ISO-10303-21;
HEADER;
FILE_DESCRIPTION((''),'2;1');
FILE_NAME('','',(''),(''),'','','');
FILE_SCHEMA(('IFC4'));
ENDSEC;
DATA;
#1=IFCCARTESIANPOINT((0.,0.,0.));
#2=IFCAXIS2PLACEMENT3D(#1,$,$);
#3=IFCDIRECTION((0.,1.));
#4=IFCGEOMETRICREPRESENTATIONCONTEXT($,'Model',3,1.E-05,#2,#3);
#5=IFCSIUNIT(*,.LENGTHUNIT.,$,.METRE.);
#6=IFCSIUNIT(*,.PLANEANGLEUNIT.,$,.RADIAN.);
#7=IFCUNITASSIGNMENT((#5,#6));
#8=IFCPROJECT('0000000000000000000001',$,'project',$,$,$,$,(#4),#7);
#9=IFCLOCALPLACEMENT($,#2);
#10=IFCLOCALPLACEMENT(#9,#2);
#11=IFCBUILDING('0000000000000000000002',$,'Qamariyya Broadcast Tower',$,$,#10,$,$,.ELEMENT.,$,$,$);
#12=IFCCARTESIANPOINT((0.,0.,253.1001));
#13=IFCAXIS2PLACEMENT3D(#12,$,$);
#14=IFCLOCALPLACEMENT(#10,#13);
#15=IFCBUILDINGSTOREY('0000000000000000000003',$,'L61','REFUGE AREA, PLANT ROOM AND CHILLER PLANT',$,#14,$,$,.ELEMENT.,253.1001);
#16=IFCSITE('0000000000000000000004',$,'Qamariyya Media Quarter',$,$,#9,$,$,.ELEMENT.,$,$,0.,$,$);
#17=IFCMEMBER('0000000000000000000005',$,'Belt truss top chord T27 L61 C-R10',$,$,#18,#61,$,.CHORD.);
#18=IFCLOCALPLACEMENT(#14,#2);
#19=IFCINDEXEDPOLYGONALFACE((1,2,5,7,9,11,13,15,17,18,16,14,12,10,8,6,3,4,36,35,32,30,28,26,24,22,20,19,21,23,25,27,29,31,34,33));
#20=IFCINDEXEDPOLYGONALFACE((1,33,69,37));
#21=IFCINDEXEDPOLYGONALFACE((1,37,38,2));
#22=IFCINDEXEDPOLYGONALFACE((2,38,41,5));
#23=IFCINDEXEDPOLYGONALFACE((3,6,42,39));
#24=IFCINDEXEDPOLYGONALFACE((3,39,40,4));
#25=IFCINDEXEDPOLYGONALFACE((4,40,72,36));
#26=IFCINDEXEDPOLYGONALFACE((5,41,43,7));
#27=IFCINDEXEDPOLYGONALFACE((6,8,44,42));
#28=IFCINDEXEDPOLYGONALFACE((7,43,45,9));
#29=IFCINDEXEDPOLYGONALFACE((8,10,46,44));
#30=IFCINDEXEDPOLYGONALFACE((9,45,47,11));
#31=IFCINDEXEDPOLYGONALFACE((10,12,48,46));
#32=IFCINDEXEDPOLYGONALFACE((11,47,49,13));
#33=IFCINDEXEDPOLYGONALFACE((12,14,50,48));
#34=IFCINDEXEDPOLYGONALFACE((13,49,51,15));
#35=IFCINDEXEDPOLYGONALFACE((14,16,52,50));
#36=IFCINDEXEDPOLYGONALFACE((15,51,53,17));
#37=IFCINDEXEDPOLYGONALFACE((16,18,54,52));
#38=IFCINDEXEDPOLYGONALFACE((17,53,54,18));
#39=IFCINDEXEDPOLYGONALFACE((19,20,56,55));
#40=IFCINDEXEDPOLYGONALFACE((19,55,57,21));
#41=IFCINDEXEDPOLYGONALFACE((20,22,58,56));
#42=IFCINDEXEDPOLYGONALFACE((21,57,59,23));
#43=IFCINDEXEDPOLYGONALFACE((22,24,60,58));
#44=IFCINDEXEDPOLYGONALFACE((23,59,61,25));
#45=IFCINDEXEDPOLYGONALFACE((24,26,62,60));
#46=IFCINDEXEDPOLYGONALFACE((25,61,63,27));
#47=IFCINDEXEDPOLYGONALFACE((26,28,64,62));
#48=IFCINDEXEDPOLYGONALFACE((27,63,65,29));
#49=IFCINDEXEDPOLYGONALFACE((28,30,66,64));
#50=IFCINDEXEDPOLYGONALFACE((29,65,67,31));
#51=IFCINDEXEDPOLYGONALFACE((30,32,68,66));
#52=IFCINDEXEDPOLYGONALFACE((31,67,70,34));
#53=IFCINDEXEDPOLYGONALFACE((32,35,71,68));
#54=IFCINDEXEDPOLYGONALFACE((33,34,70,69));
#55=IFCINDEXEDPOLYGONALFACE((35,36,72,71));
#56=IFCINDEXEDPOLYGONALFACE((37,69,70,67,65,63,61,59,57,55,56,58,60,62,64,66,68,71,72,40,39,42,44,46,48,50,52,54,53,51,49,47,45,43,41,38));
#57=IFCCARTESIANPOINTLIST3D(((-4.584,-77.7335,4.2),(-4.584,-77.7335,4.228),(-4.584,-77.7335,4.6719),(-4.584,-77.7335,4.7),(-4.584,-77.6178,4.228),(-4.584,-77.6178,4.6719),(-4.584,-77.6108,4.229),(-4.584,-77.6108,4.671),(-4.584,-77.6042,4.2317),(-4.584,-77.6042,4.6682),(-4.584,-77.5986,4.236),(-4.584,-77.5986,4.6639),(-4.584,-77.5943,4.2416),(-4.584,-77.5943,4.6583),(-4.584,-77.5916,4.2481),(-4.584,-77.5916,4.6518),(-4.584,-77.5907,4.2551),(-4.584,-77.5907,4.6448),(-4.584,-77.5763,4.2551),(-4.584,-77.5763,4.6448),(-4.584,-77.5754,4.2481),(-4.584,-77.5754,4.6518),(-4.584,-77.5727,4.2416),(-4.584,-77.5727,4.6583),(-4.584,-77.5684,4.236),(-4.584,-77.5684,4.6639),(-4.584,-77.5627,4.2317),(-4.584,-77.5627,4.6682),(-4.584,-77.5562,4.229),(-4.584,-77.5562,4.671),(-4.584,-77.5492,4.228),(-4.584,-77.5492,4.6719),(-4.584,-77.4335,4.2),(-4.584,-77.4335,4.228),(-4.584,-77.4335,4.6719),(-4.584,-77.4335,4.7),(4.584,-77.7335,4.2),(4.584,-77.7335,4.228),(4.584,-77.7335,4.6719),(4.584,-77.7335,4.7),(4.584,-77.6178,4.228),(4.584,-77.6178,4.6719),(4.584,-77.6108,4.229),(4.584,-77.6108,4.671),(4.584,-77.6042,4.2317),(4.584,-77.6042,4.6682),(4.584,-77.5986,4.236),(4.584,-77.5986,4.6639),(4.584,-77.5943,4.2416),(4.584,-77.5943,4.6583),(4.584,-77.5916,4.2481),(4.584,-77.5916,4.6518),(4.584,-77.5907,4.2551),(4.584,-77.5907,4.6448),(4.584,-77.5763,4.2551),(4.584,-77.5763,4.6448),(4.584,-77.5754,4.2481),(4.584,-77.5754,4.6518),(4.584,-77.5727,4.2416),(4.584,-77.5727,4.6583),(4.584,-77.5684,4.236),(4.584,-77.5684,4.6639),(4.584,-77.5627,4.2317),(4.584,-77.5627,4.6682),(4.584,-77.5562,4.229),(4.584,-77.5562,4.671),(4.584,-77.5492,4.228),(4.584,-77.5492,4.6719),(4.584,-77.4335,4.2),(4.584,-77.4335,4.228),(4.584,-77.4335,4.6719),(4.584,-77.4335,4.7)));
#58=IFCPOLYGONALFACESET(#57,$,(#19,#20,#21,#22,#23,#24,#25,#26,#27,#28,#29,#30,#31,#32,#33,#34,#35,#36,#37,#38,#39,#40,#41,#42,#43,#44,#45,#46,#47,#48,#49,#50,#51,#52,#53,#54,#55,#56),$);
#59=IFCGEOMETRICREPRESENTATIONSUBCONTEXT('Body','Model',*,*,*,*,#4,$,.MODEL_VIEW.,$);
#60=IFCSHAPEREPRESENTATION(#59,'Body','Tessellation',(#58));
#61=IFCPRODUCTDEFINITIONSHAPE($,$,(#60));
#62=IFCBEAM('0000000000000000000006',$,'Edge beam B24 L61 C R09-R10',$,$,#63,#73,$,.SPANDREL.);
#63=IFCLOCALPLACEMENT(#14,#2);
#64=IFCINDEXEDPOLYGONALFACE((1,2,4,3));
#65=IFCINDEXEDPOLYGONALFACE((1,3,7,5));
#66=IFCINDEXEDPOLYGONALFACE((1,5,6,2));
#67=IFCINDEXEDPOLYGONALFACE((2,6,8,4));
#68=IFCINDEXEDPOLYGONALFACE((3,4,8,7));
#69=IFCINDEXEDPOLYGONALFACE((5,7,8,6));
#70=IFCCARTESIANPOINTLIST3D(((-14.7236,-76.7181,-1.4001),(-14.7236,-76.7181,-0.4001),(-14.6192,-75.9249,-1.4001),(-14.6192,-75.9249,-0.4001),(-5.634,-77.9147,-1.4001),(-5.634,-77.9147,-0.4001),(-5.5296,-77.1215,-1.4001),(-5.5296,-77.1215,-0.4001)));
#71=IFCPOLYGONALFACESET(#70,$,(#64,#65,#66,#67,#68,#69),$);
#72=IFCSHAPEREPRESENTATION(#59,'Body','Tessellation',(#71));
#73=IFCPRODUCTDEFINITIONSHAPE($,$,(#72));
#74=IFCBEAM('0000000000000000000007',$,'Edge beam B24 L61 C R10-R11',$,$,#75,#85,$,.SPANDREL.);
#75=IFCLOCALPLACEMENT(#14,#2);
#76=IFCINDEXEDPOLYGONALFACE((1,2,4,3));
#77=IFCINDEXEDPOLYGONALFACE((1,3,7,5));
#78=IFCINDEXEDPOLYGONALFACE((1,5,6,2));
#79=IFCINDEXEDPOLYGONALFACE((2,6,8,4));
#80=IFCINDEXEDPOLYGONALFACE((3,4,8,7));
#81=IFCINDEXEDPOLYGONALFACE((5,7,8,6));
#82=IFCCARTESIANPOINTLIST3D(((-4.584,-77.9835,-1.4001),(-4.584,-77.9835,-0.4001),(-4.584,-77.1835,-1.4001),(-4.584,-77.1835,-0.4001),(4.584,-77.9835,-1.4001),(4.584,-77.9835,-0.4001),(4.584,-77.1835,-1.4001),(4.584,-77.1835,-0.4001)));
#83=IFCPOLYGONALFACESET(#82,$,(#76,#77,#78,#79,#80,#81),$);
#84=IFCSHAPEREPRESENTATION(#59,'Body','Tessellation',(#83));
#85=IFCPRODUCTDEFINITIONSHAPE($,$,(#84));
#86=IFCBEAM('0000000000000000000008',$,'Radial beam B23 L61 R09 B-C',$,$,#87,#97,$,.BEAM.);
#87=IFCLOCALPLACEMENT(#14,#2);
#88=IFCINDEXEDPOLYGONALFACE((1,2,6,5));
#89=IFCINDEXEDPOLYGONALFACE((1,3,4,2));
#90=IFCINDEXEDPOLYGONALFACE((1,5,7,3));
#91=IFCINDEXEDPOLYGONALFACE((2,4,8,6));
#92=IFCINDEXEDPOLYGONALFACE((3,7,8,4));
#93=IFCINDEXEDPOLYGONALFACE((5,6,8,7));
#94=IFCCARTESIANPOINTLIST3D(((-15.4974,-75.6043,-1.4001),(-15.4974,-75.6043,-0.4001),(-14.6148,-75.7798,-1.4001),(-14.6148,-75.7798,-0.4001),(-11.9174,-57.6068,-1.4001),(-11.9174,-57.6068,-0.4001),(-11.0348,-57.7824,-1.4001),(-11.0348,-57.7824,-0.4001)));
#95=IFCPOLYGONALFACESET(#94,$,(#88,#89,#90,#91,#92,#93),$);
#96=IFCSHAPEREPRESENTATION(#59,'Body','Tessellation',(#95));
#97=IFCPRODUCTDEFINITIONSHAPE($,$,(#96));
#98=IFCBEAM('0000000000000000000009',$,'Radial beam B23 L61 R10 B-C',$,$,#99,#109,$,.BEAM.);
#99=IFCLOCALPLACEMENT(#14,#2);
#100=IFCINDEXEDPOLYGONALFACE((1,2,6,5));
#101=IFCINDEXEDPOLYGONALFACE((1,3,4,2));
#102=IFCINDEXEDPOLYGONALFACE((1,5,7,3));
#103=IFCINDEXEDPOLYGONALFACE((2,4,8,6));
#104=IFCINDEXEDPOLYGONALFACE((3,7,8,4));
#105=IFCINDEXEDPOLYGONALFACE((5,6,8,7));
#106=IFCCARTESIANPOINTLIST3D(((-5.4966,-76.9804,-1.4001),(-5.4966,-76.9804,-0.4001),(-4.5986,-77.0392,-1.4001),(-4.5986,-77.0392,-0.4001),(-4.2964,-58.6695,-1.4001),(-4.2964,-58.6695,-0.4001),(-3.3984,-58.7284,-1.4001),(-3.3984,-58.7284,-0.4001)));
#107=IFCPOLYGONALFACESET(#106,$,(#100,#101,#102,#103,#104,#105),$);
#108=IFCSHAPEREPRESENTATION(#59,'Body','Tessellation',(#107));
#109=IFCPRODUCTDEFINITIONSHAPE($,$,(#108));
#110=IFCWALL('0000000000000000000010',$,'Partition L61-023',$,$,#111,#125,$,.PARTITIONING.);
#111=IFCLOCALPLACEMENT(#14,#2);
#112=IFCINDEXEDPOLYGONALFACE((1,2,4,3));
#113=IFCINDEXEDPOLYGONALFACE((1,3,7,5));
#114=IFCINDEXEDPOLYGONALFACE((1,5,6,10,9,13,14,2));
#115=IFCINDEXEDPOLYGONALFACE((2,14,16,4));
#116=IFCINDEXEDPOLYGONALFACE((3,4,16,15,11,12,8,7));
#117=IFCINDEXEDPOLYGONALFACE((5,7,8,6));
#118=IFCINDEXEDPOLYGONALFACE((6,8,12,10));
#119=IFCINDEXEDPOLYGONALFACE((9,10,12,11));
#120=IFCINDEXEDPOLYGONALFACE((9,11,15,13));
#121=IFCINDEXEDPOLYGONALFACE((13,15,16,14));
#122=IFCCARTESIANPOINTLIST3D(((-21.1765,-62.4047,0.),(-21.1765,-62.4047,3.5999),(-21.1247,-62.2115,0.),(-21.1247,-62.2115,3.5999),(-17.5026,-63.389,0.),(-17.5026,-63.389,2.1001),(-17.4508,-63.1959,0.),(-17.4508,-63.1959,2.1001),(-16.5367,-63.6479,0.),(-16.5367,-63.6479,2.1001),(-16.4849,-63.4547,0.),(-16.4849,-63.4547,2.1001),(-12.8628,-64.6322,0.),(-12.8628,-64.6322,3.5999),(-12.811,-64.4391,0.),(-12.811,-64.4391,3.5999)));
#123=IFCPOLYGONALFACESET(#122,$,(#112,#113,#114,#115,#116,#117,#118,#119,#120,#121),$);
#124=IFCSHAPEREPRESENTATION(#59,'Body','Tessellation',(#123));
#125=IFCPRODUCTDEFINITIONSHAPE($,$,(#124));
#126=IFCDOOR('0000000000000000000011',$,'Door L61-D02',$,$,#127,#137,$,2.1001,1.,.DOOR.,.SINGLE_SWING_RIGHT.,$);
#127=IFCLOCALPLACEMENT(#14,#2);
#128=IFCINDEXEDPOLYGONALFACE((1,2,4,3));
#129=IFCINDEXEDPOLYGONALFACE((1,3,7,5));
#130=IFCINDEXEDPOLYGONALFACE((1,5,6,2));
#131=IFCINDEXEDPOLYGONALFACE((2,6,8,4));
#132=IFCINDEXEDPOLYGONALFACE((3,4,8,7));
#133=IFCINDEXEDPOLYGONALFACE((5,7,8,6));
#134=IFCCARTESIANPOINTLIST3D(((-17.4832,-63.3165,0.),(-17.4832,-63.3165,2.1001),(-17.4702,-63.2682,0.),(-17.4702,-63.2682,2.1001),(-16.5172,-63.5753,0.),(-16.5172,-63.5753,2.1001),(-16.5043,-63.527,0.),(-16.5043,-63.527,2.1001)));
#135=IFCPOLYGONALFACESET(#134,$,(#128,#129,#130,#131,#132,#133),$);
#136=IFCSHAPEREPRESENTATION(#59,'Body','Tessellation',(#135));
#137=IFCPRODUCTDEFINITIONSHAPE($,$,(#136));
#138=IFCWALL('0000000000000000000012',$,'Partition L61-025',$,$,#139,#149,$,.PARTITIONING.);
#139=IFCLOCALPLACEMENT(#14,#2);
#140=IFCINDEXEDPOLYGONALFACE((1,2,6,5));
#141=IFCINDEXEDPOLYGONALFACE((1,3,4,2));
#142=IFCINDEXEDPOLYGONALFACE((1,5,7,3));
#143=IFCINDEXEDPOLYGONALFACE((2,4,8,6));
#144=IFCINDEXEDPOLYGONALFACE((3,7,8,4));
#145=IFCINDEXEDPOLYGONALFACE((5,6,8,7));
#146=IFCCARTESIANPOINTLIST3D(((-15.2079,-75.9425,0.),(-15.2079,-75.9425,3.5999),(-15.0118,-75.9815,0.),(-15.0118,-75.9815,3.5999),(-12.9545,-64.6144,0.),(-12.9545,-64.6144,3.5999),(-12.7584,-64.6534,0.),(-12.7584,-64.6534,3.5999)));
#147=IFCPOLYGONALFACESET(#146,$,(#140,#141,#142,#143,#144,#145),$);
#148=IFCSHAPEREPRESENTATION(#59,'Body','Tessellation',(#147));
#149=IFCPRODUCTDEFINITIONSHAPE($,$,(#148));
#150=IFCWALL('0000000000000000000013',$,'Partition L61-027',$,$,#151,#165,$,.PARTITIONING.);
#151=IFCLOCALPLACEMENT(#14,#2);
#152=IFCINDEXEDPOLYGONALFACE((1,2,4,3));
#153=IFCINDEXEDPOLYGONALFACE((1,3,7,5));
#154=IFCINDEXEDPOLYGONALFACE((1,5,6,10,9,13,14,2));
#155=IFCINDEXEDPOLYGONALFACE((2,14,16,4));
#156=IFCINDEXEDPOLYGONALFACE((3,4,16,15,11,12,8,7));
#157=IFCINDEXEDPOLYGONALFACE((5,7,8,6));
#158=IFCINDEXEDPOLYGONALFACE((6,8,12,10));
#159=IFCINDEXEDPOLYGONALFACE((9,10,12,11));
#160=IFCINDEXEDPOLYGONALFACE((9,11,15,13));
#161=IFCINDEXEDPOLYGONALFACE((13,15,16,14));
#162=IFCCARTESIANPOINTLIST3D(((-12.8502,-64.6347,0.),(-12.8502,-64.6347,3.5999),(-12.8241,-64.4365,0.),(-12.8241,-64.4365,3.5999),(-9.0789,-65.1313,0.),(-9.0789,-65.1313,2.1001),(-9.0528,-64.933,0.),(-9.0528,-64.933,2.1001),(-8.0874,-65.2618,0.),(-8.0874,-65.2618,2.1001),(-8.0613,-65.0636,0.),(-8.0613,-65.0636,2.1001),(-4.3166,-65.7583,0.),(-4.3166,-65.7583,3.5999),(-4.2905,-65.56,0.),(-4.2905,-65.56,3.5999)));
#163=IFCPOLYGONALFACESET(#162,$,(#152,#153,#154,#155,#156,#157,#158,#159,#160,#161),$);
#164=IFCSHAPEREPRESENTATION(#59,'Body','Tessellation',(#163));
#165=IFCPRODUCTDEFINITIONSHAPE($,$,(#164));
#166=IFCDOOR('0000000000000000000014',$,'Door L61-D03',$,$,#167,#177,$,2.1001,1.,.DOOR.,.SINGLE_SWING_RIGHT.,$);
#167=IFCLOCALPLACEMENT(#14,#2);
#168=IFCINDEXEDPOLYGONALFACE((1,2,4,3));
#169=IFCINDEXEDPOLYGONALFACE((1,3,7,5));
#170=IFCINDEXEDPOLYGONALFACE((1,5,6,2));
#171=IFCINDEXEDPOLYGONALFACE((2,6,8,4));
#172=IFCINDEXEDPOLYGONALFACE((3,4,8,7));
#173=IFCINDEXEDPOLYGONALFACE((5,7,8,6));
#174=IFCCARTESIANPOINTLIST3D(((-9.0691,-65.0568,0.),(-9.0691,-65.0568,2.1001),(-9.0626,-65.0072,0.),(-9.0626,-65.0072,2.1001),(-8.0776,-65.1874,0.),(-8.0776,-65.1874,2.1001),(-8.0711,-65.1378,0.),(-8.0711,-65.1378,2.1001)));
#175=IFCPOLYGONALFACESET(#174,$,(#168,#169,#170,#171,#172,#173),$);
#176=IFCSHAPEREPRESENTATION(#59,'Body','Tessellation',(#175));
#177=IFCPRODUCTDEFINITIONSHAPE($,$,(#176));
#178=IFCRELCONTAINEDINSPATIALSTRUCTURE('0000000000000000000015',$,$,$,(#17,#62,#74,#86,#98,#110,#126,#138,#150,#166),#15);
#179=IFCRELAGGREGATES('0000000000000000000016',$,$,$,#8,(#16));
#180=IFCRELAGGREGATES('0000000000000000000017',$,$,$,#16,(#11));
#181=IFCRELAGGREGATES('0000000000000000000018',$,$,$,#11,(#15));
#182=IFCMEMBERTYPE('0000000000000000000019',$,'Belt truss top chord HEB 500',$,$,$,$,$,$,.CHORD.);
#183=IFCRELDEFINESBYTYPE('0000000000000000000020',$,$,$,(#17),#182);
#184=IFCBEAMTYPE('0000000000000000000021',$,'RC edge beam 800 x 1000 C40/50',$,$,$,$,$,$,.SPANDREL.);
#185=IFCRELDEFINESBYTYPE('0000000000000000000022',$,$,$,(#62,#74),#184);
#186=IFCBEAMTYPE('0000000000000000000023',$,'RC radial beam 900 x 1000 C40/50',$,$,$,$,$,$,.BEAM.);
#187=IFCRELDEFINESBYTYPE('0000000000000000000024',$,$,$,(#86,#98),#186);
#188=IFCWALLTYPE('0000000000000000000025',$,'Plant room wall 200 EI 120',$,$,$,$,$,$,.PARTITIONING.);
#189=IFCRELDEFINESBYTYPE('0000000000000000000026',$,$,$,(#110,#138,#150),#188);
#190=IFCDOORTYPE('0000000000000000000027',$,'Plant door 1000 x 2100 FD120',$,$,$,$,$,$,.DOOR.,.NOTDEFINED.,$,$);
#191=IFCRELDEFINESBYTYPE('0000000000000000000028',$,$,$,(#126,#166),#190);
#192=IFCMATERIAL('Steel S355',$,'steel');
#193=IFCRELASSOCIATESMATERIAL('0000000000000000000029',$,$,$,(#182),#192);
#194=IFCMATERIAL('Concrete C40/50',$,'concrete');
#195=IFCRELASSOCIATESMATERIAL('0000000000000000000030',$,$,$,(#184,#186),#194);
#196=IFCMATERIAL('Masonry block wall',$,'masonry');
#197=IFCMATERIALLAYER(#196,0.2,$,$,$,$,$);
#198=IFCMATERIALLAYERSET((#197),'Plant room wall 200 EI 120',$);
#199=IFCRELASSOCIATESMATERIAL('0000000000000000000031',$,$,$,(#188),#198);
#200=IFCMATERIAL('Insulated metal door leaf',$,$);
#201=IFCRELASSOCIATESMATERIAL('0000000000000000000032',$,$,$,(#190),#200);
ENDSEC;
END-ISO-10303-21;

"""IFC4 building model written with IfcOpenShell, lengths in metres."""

from ifc_helpers import new_model, si_unit, direction, frame, frame_2d, origin, origin_2d, place, context, subcontext, project, spatial, rectangle, i_section, extrude, material, layer, layer_set, material_profile, profile_set, type_object, element, fill, save


model = new_model("IFC4")

# Units and contexts
model_context = context("Model", 3, precision=1e-05, world=origin(), true_north=direction((0.0, 1.0)))
body_context = subcontext(model_context, "Body", "Model", "MODEL_VIEW")
ifc_project = project(units=[si_unit("LENGTHUNIT", "METRE"), si_unit("PLANEANGLEUNIT", "RADIAN")], contexts=[model_context])

# Site, building, storey
site_placement = place(None, origin())
site = spatial("IfcSite", under=ifc_project, at=site_placement, Name="Qamariyya Media Quarter", CompositionType="ELEMENT", RefElevation=0.0)
building_placement = place(site_placement, origin())
building = spatial("IfcBuilding", under=site, at=building_placement, Name="Qamariyya Broadcast Tower", CompositionType="ELEMENT")
storey_placement = place(building_placement, frame((0.0, 0.0, 253.1001)))
storey = spatial("IfcBuildingStorey", under=building, at=storey_placement, Name="L61", Description="REFUGE AREA, PLANT ROOM AND CHILLER PLANT", CompositionType="ELEMENT", Elevation=253.1001)

# Member
ifc_material_1 = material(Name="Steel S355", Category="steel")
ifc_material_profile_1 = material_profile(ifc_material_1, i_section(OverallWidth=0.3, OverallDepth=0.5, WebThickness=0.0144, FlangeThickness=0.0281, FilletRadius=0.0271, at=origin_2d()))
ifc_profile_set_1 = profile_set([ifc_material_profile_1], Name="Steel S355")
member_type_1 = type_object("IfcMemberType", Name="Belt truss top chord HEB 500", PredefinedType="CHORD", material=ifc_profile_set_1)
for number, where, z_axis, x_axis, name in (
    (1, (-4.584, -77.5835, 4.45), (1.0, 0.0, 0.0), (0.0, 1.0, 0.0), "Belt truss top chord T27 L61 C-R10"),
):
    element("IfcMember", number, at=place(storey_placement, frame(where, z_axis=z_axis, x_axis=x_axis)), inside=storey, type_object=member_type_1, Name=name, PredefinedType="CHORD", context=body_context, shape_type="SweptSolid", body=[
        extrude(i_section(OverallWidth=0.3, OverallDepth=0.5, WebThickness=0.0144, FlangeThickness=0.0281, FilletRadius=0.0271, at=origin_2d()), origin(), (0.0, 0.0, 1.0), 9.168),
    ])

# Beams
ifc_material_2 = material(Name="Concrete C40/50", Category="concrete")
ifc_material_profile_2 = material_profile(ifc_material_2, rectangle(XDim=0.8, YDim=1.0, at=origin_2d()))
ifc_profile_set_2 = profile_set([ifc_material_profile_2], Name="Concrete C40/50")
beam_type_1 = type_object("IfcBeamType", Name="RC edge beam 800 x 1000 C40/50", PredefinedType="SPANDREL", material=ifc_profile_set_2)
for number, where, z_axis, x_axis, name in (
    (2, (-14.6714, -76.3215, -0.9001), (0.991447, -0.130512, 0.0), (0.130512, 0.991447, 0.0), "Edge beam B24 L61 C R09-R10"),
    (3, (-4.584, -77.5835, -0.9001), (1.0, 0.0, 0.0), (0.0, 1.0, 0.0), "Edge beam B24 L61 C R10-R11"),
):
    element("IfcBeam", number, at=place(storey_placement, frame(where, z_axis=z_axis, x_axis=x_axis)), inside=storey, type_object=beam_type_1, Name=name, PredefinedType="SPANDREL", context=body_context, shape_type="SweptSolid", body=[
        extrude(rectangle(XDim=0.8, YDim=1.0, at=origin_2d()), origin(), (0.0, 0.0, 1.0), 9.168),
    ])
ifc_material_profile_3 = material_profile(ifc_material_2, rectangle(XDim=0.8999, YDim=1.0, at=origin_2d()))
ifc_profile_set_3 = profile_set([ifc_material_profile_3], Name="Concrete C40/50")
beam_type_2 = type_object("IfcBeamType", Name="RC radial beam 900 x 1000 C40/50", PredefinedType="BEAM", material=ifc_profile_set_3)
for number, where, z_axis, x_axis, name in (
    (4, (-11.4761, -57.6946, -0.9001), (-0.195098, -0.980784, 0.0), (0.980784, -0.195098, 0.0), "Radial beam B23 L61 R09 B-C"),
    (5, (-3.8474, -58.699, -0.9001), (-0.065405, -0.997859, 0.0), (0.997859, -0.065405, 0.0), "Radial beam B23 L61 R10 B-C"),
):
    element("IfcBeam", number, at=place(storey_placement, frame(where, z_axis=z_axis, x_axis=x_axis)), inside=storey, type_object=beam_type_2, Name=name, PredefinedType="BEAM", context=body_context, shape_type="SweptSolid", body=[
        extrude(rectangle(XDim=0.8999, YDim=1.0, at=origin_2d()), origin(), (0.0, 0.0, 1.0), 18.3501),
    ])

# Wall, opening, door
ifc_material_3 = material(Name="Masonry block wall", Category="masonry")
ifc_layer_1 = layer(ifc_material_3, 0.2)
ifc_layer_set_1 = layer_set([ifc_layer_1], Name="Plant room wall 200 EI 120")
wall_type_1 = type_object("IfcWallType", Name="Plant room wall 200 EI 120", PredefinedType="PARTITIONING", material=ifc_layer_set_1)
wall_1_placement = place(storey_placement, frame((-12.8369, -64.5356, 0.0), z_axis=(0.0, 0.0, 1.0), x_axis=(-0.965929, 0.258807, 0.0)))
wall_1 = element("IfcWall", 6, at=wall_1_placement, inside=storey, type_object=wall_type_1, Name="Partition L61-023", PredefinedType="PARTITIONING", context=body_context, shape_type="SweptSolid", body=[
    extrude(rectangle(XDim=8.6069, YDim=0.2, at=frame_2d((4.3035, 0.0))), origin(), (0.0, 0.0, 1.0), 3.5999),
])
opening_1_placement = place(wall_1_placement, frame((3.8035, 0.0, 0.0)))
opening_1 = element("IfcOpeningElement", 7, at=opening_1_placement, cuts=wall_1, PredefinedType="OPENING", context=body_context, shape_type="SweptSolid", body=[
    extrude(rectangle(XDim=1.0, YDim=2.1001, at=frame_2d((0.5, 1.05))), frame((0.0, 0.1099, 0.0), z_axis=(0.0, -1.0, 0.0), x_axis=(1.0, 0.0, 0.0)), (0.0, 0.0, 1.0), 0.22),
])
ifc_material_4 = material(Name="Insulated metal door leaf")
door_type = type_object("IfcDoorType", Name="Plant door 1000 x 2100 FD120", OperationType="NOTDEFINED", PredefinedType="DOOR", material=ifc_material_4)
door_1_placement = place(opening_1_placement, origin())
door_1 = element("IfcDoor", 8, at=door_1_placement, inside=storey, type_object=door_type, Name="Door L61-D02", OperationType="SINGLE_SWING_RIGHT", OverallHeight=2.1001, OverallWidth=1.0, PredefinedType="DOOR", context=body_context, shape_type="SweptSolid", body=[
    extrude(rectangle(XDim=1.0, YDim=2.1001, at=frame_2d((0.5, 1.05))), frame((0.0, 0.0249, 0.0), z_axis=(0.0, -1.0, 0.0), x_axis=(1.0, 0.0, 0.0)), (0.0, 0.0, 1.0), 0.05),
])
fill(opening_1, door_1)

# Wall
wall_2_placement = place(storey_placement, frame((-15.1099, -75.9619, 0.0), z_axis=(0.0, 0.0, 1.0), x_axis=(0.1951, 0.980783, 0.0)))
element("IfcWall", 9, at=wall_2_placement, inside=storey, type_object=wall_type_1, Name="Partition L61-025", PredefinedType="PARTITIONING", context=body_context, shape_type="SweptSolid", body=[
    extrude(rectangle(XDim=11.55, YDim=0.2, at=frame_2d((5.7749, 0.0))), origin(), (0.0, 0.0, 1.0), 3.5999),
])

# Wall, opening, door
wall_3_placement = place(storey_placement, frame((-4.3035, -65.6592, 0.0), z_axis=(0.0, 0.0, 1.0), x_axis=(-0.991444, 0.130536, 0.0)))
wall_3 = element("IfcWall", 10, at=wall_3_placement, inside=storey, type_object=wall_type_1, Name="Partition L61-027", PredefinedType="PARTITIONING", context=body_context, shape_type="SweptSolid", body=[
    extrude(rectangle(XDim=8.6072, YDim=0.2, at=frame_2d((4.3037, 0.0))), origin(), (0.0, 0.0, 1.0), 3.5999),
])
opening_2_placement = place(wall_3_placement, frame((3.8035, 0.0, 0.0)))
opening_2 = element("IfcOpeningElement", 11, at=opening_2_placement, cuts=wall_3, PredefinedType="OPENING", context=body_context, shape_type="SweptSolid", body=[
    extrude(rectangle(XDim=1.0, YDim=2.1001, at=frame_2d((0.5, 1.05))), frame((0.0, 0.1099, 0.0), z_axis=(0.0, -1.0, 0.0), x_axis=(1.0, 0.0, 0.0)), (0.0, 0.0, 1.0), 0.22),
])
door_2_placement = place(opening_2_placement, origin())
door_2 = element("IfcDoor", 12, at=door_2_placement, inside=storey, type_object=door_type, Name="Door L61-D03", OperationType="SINGLE_SWING_RIGHT", OverallHeight=2.1001, OverallWidth=1.0, PredefinedType="DOOR", context=body_context, shape_type="SweptSolid", body=[
    extrude(rectangle(XDim=1.0, YDim=2.1001, at=frame_2d((0.5, 1.05))), frame((0.0, 0.0249, 0.0), z_axis=(0.0, -1.0, 0.0), x_axis=(1.0, 0.0, 0.0)), (0.0, 0.0, 1.0), 0.05),
])
fill(opening_2, door_2)

save(model, "model.ifc")
